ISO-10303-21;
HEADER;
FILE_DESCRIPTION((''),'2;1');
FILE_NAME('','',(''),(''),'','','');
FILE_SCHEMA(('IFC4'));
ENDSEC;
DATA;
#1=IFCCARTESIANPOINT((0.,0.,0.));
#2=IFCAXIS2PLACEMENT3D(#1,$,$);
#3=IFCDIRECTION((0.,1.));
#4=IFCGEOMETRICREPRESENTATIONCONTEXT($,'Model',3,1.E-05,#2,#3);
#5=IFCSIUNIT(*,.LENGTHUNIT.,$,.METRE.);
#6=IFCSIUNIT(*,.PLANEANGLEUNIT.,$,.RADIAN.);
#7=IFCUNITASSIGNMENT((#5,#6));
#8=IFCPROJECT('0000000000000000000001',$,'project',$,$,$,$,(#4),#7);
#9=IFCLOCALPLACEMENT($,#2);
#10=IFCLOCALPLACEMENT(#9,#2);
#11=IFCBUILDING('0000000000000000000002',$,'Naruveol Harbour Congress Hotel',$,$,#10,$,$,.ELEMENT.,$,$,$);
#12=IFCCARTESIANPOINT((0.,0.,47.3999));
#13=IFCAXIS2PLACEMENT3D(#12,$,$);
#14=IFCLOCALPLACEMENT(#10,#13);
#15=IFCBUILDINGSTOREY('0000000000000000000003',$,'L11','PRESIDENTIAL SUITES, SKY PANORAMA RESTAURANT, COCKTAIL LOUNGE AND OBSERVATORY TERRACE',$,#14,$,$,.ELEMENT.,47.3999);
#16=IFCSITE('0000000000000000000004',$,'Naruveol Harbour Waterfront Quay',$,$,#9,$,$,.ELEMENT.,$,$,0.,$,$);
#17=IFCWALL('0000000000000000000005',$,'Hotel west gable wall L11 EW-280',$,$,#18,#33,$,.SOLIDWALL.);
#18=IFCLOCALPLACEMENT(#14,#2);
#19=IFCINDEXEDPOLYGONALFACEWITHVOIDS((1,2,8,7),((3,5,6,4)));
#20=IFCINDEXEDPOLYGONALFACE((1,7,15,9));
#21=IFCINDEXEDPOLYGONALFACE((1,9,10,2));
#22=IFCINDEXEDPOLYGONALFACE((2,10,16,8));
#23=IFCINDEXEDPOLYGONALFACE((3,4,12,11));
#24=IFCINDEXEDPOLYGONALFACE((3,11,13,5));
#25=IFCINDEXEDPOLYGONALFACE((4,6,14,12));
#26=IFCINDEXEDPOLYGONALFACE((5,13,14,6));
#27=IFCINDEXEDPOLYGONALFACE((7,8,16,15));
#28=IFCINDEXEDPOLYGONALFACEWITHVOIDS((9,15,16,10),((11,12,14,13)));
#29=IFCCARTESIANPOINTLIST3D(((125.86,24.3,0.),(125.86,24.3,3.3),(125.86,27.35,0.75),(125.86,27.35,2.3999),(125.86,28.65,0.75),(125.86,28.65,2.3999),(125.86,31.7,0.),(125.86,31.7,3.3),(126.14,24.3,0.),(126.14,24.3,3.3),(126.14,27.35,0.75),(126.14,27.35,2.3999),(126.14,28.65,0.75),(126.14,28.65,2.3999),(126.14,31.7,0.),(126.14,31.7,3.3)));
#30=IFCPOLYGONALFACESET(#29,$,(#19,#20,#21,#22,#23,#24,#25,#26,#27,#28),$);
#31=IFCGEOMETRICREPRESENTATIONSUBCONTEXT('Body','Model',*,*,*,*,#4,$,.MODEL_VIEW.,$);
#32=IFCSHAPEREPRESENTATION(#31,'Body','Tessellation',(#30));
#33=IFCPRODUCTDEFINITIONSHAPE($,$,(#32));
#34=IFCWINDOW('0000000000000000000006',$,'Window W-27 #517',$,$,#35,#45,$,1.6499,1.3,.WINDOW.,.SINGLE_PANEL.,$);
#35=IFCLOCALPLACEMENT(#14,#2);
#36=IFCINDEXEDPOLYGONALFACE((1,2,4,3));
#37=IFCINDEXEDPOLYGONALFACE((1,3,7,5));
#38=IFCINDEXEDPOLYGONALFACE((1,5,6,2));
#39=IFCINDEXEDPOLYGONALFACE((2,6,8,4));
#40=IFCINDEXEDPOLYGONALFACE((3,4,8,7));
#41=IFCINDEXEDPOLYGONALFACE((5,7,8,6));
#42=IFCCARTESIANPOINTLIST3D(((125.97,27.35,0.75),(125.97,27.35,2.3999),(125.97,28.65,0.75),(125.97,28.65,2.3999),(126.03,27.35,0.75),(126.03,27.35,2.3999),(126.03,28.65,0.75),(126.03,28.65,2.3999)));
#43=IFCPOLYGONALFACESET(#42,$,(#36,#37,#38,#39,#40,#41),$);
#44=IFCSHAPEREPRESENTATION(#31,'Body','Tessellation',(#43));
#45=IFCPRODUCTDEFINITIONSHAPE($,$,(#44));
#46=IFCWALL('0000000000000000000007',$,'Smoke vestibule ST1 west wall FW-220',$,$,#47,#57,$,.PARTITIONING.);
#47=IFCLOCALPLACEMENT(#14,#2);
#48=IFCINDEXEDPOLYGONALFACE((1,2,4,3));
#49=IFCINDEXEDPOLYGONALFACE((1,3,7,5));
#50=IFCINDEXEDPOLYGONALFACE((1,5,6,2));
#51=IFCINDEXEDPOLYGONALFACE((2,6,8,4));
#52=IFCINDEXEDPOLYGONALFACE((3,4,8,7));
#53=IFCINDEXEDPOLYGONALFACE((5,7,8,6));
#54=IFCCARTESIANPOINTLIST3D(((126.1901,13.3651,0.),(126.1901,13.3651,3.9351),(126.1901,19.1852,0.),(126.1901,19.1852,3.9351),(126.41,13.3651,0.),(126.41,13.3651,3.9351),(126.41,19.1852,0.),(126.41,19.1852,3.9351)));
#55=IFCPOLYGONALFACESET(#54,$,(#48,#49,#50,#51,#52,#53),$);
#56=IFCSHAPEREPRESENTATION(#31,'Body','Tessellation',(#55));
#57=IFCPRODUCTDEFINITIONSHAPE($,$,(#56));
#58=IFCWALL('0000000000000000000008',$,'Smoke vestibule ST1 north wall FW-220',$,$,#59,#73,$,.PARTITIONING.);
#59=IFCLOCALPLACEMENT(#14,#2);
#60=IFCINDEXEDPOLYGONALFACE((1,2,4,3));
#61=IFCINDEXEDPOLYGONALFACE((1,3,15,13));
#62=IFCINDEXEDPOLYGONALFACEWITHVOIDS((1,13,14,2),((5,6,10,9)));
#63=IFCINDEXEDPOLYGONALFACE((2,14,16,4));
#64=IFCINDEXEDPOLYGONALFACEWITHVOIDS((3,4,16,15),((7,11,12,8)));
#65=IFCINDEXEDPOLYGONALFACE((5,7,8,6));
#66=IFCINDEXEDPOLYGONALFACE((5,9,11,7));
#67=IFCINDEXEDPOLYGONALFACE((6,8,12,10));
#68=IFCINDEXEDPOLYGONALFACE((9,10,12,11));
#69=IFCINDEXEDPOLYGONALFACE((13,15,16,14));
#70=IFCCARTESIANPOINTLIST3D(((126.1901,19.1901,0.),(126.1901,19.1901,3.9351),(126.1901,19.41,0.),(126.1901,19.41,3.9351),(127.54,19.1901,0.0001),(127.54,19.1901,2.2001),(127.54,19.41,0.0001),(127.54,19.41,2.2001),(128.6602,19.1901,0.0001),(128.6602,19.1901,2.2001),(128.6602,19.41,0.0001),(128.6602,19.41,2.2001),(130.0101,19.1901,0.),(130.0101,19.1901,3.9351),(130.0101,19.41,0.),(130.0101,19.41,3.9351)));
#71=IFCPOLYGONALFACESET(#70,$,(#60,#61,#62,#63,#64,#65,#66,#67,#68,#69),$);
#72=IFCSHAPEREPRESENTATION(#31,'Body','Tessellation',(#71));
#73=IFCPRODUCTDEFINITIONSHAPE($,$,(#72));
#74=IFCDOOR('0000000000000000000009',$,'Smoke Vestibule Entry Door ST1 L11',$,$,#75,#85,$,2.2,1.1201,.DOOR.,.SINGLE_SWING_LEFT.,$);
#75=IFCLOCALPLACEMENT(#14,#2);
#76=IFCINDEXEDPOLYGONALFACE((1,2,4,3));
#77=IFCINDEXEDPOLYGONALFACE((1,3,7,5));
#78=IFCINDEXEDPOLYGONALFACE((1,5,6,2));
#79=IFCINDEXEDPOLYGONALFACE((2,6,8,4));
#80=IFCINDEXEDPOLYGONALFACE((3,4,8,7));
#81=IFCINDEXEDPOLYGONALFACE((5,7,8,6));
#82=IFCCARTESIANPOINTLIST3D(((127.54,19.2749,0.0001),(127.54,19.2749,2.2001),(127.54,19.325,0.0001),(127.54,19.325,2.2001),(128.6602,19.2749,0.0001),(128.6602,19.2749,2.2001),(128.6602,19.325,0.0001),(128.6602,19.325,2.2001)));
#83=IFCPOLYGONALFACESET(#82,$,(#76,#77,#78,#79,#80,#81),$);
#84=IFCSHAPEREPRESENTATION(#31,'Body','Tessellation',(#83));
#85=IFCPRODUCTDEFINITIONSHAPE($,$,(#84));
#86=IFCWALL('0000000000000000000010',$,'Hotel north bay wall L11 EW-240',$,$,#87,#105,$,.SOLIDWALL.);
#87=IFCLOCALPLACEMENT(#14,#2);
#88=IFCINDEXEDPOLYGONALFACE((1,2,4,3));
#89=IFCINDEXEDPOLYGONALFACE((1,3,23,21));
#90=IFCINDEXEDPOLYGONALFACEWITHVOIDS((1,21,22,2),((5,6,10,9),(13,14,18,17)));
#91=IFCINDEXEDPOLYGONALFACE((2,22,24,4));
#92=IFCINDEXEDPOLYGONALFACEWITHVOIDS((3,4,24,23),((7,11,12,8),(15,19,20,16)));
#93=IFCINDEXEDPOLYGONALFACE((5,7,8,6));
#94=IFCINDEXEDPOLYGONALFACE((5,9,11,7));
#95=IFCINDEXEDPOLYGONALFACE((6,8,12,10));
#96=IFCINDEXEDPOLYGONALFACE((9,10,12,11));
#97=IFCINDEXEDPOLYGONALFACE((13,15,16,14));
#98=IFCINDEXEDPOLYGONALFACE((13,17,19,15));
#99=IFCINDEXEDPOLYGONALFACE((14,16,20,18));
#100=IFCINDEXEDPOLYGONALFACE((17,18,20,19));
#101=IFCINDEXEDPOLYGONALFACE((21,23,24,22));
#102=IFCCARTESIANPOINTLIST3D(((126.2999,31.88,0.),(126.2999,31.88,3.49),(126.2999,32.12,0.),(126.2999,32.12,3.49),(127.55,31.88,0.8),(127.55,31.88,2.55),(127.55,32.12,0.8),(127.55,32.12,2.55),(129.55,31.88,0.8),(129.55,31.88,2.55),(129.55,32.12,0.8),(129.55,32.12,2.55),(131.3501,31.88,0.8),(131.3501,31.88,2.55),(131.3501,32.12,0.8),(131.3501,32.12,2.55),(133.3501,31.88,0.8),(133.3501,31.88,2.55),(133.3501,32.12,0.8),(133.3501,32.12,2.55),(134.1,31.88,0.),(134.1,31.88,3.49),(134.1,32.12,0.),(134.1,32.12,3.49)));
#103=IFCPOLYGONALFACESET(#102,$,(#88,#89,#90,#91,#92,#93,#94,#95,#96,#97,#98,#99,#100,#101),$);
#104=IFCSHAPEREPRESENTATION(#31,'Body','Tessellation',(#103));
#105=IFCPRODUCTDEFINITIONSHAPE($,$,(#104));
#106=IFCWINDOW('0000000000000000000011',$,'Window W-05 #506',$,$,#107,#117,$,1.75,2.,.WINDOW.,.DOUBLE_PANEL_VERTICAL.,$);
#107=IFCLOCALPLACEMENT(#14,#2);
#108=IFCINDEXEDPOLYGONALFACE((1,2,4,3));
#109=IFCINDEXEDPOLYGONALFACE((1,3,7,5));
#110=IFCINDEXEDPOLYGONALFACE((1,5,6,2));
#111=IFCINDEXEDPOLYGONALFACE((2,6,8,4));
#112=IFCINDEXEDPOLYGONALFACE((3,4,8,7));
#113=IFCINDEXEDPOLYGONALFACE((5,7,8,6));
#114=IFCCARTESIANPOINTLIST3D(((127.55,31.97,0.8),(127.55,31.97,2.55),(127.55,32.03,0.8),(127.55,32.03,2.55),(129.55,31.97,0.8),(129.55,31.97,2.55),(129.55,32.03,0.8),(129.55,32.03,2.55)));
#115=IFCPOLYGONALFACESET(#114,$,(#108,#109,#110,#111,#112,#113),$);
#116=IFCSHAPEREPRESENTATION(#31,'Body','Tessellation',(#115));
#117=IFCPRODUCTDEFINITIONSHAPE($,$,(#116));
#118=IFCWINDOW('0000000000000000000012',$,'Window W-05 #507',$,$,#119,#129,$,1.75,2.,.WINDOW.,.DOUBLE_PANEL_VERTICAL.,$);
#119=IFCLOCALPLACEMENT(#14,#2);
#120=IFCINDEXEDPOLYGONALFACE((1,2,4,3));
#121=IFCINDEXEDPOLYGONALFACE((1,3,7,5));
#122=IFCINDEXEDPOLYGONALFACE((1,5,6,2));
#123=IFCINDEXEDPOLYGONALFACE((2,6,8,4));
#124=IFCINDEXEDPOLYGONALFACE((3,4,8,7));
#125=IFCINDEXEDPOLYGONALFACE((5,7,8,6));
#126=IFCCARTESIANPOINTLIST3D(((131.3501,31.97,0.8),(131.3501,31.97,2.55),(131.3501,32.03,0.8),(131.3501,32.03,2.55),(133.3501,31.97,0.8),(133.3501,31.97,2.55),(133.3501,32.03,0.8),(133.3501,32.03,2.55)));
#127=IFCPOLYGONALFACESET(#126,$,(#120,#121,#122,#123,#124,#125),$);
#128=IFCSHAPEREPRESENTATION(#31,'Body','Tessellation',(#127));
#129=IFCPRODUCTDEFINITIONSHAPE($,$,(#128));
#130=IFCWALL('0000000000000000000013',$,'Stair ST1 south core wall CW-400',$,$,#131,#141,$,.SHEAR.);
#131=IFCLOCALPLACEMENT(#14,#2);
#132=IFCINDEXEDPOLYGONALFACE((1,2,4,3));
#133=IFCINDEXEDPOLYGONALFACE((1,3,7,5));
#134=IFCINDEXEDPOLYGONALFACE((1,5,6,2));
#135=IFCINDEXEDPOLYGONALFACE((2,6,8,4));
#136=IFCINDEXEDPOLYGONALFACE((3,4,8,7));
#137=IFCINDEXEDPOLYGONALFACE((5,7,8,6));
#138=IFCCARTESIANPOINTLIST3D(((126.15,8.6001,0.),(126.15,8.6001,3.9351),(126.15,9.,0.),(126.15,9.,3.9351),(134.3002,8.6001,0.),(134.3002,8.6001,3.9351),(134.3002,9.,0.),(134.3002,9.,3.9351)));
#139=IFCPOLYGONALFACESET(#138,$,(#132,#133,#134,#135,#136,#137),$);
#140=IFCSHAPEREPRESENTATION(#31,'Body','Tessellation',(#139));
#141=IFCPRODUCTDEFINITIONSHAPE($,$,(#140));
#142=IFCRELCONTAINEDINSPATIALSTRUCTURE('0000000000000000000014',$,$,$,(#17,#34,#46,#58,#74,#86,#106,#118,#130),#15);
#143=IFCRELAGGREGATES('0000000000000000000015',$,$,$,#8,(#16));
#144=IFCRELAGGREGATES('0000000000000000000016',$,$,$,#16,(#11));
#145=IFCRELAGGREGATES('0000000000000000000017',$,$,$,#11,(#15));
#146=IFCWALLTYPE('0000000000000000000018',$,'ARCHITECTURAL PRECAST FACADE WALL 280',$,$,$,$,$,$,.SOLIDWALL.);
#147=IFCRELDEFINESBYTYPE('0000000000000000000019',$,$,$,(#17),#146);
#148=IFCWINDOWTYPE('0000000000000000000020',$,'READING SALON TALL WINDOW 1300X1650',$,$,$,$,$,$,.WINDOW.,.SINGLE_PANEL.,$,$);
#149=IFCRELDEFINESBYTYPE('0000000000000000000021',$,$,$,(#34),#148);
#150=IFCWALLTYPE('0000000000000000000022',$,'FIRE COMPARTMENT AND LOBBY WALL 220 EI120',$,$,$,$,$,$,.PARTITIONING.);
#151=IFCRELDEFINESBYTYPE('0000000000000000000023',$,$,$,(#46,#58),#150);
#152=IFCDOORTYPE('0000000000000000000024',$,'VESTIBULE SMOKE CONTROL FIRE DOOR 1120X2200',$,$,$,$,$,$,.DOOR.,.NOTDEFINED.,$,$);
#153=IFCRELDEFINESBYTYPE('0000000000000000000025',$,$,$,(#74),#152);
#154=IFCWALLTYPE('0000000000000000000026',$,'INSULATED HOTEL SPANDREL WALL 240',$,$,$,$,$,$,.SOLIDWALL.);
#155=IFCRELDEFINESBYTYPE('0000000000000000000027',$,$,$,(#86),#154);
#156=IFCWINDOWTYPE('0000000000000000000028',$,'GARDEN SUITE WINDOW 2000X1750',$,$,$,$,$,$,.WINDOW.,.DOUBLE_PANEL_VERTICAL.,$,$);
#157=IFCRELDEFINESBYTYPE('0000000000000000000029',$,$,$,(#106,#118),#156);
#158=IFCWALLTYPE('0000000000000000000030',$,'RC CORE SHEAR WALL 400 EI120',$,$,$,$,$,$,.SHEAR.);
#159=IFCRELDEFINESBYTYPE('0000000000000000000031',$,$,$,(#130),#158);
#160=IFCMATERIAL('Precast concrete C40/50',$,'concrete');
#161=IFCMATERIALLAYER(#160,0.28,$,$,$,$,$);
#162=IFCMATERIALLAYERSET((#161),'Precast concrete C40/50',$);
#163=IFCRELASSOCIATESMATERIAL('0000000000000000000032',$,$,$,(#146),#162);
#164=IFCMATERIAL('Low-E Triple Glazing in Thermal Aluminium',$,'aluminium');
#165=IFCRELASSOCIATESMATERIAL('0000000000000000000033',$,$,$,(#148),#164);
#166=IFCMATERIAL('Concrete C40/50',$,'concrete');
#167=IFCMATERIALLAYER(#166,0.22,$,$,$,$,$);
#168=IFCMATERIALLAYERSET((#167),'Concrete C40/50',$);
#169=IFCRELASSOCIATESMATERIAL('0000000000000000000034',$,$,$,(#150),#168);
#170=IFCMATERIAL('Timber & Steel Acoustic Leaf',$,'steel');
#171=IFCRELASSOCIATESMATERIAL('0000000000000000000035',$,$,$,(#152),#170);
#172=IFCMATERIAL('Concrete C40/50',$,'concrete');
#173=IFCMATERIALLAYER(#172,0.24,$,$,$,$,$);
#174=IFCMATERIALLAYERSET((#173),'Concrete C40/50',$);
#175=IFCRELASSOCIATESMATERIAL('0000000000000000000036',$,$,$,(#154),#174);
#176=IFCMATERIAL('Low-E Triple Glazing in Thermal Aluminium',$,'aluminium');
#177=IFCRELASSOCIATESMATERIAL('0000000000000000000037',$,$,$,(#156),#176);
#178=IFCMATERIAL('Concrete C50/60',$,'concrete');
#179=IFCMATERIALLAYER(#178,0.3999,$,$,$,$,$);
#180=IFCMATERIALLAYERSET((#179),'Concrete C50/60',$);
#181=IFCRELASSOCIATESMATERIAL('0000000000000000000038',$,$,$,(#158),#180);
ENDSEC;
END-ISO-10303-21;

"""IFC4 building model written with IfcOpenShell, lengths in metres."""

from ifc_helpers import new_model, si_unit, direction, frame, frame_2d, origin, place, context, subcontext, project, spatial, rectangle, extrude, material, layer, layer_set, type_object, element, fill, save


model = new_model("IFC4")

# Units and contexts
model_context = context("Model", 3, precision=1e-05, world=origin(), true_north=direction((0.0, 1.0)))
body_context = subcontext(model_context, "Body", "Model", "MODEL_VIEW")
ifc_project = project(units=[si_unit("LENGTHUNIT", "METRE"), si_unit("PLANEANGLEUNIT", "RADIAN")], contexts=[model_context])

# Site, building, storey
site_placement = place(None, origin())
site = spatial("IfcSite", under=ifc_project, at=site_placement, Name="Naruveol Harbour Waterfront Quay", CompositionType="ELEMENT", RefElevation=0.0)
building_placement = place(site_placement, origin())
building = spatial("IfcBuilding", under=site, at=building_placement, Name="Naruveol Harbour Congress Hotel", CompositionType="ELEMENT")
storey_placement = place(building_placement, frame((0.0, 0.0, 47.3999)))
storey = spatial("IfcBuildingStorey", under=building, at=storey_placement, Name="L11", Description="PRESIDENTIAL SUITES, SKY PANORAMA RESTAURANT, COCKTAIL LOUNGE AND OBSERVATORY TERRACE", CompositionType="ELEMENT", Elevation=47.3999)

# Wall, opening, window
ifc_material_1 = material(Name="Precast concrete C40/50", Category="concrete")
ifc_layer_1 = layer(ifc_material_1, 0.28)
ifc_layer_set_1 = layer_set([ifc_layer_1], Name="Precast concrete C40/50")
wall_type_1 = type_object("IfcWallType", Name="ARCHITECTURAL PRECAST FACADE WALL 280", PredefinedType="SOLIDWALL", material=ifc_layer_set_1)
ifc_material_2 = material(Name="Low-E Triple Glazing in Thermal Aluminium", Category="aluminium")
window_type_1 = type_object("IfcWindowType", Name="READING SALON TALL WINDOW 1300X1650", PartitioningType="SINGLE_PANEL", PredefinedType="WINDOW", material=ifc_material_2)
wall_1_placement = place(storey_placement, frame((126.0, 24.3, 0.0), z_axis=(0.0, 0.0, 1.0), x_axis=(0.0, 1.0, 0.0)))
wall_1 = element("IfcWall", 1, at=wall_1_placement, inside=storey, type_object=wall_type_1, Name="Hotel west gable wall L11 EW-280", PredefinedType="SOLIDWALL", context=body_context, shape_type="SweptSolid", body=[
    extrude(rectangle(XDim=7.3999, YDim=0.28, at=frame_2d((3.7, 0.0))), origin(), (0.0, 0.0, 1.0), 3.3),
])
opening_1_placement = place(wall_1_placement, frame((3.05, 0.0, 0.75)))
opening_1 = element("IfcOpeningElement", 2, at=opening_1_placement, cuts=wall_1, PredefinedType="OPENING", context=body_context, shape_type="SweptSolid", body=[
    extrude(rectangle(XDim=1.3, YDim=1.6499, at=frame_2d((0.6499, 0.825))), frame((0.0, 0.1499, 0.0), z_axis=(0.0, -1.0, 0.0), x_axis=(1.0, 0.0, 0.0)), (0.0, 0.0, 1.0), 0.3),
])
window_1_placement = place(opening_1_placement, origin())
window_1 = element("IfcWindow", 3, at=window_1_placement, inside=storey, type_object=window_type_1, Name="Window W-27 #517", OverallHeight=1.6499, OverallWidth=1.3, PartitioningType="SINGLE_PANEL", PredefinedType="WINDOW", context=body_context, shape_type="SweptSolid", body=[
    extrude(rectangle(XDim=1.3, YDim=1.6499, at=frame_2d((0.6499, 0.825))), frame((0.0, 0.03, 0.0), z_axis=(0.0, -1.0, 0.0), x_axis=(1.0, 0.0, 0.0)), (0.0, 0.0, 1.0), 0.0601),
])
fill(opening_1, window_1)

# Wall
ifc_material_3 = material(Name="Concrete C40/50", Category="concrete")
ifc_layer_2 = layer(ifc_material_3, 0.22)
ifc_layer_set_2 = layer_set([ifc_layer_2], Name="Concrete C40/50")
wall_type_2 = type_object("IfcWallType", Name="FIRE COMPARTMENT AND LOBBY WALL 220 EI120", PredefinedType="PARTITIONING", material=ifc_layer_set_2)
wall_2_placement = place(storey_placement, frame((126.3, 13.365, 0.0), z_axis=(0.0, 0.0, 1.0), x_axis=(0.0, 1.0, 0.0)))
element("IfcWall", 4, at=wall_2_placement, inside=storey, type_object=wall_type_2, Name="Smoke vestibule ST1 west wall FW-220", PredefinedType="PARTITIONING", context=body_context, shape_type="SweptSolid", body=[
    extrude(rectangle(XDim=5.8201, YDim=0.22, at=frame_2d((2.9102, 0.0))), origin(), (0.0, 0.0, 1.0), 3.9351),
])

# Wall, opening, door
wall_3_placement = place(storey_placement, frame((126.1899, 19.3, 0.0), z_axis=(0.0, 0.0, 1.0), x_axis=(1.0, 0.0, 0.0)))
wall_3 = element("IfcWall", 5, at=wall_3_placement, inside=storey, type_object=wall_type_2, Name="Smoke vestibule ST1 north wall FW-220", PredefinedType="PARTITIONING", context=body_context, shape_type="SweptSolid", body=[
    extrude(rectangle(XDim=3.8201, YDim=0.22, at=frame_2d((1.9102, 0.0))), origin(), (0.0, 0.0, 1.0), 3.9351),
])
opening_2_placement = place(wall_3_placement, frame((1.3501, 0.0, 0.0)))
opening_2 = element("IfcOpeningElement", 6, at=opening_2_placement, cuts=wall_3, PredefinedType="OPENING", context=body_context, shape_type="SweptSolid", body=[
    extrude(rectangle(XDim=1.1201, YDim=2.2, at=frame_2d((0.5601, 1.1001))), frame((0.0, 0.1199, 0.0), z_axis=(0.0, -1.0, 0.0), x_axis=(1.0, 0.0, 0.0)), (0.0, 0.0, 1.0), 0.24),
])
ifc_material_4 = material(Name="Timber & Steel Acoustic Leaf", Category="steel")
door_type_1 = type_object("IfcDoorType", Name="VESTIBULE SMOKE CONTROL FIRE DOOR 1120X2200", OperationType="NOTDEFINED", PredefinedType="DOOR", material=ifc_material_4)
door_1_placement = place(opening_2_placement, origin())
door_1 = element("IfcDoor", 7, at=door_1_placement, inside=storey, type_object=door_type_1, Name="Smoke Vestibule Entry Door ST1 L11", OperationType="SINGLE_SWING_LEFT", OverallHeight=2.2, OverallWidth=1.1201, PredefinedType="DOOR", context=body_context, shape_type="SweptSolid", body=[
    extrude(rectangle(XDim=1.1201, YDim=2.2, at=frame_2d((0.5601, 1.1001))), frame((0.0, 0.0249, 0.0), z_axis=(0.0, -1.0, 0.0), x_axis=(1.0, 0.0, 0.0)), (0.0, 0.0, 1.0), 0.05),
])
fill(opening_2, door_1)

# Wall, openings, windows
ifc_material_5 = material(Name="Concrete C40/50", Category="concrete")
ifc_layer_3 = layer(ifc_material_5, 0.24)
ifc_layer_set_3 = layer_set([ifc_layer_3], Name="Concrete C40/50")
wall_type_3 = type_object("IfcWallType", Name="INSULATED HOTEL SPANDREL WALL 240", PredefinedType="SOLIDWALL", material=ifc_layer_set_3)
wall_4_placement = place(storey_placement, frame((126.3, 32.0, 0.0), z_axis=(0.0, 0.0, 1.0), x_axis=(1.0, 0.0, 0.0)))
wall_4 = element("IfcWall", 8, at=wall_4_placement, inside=storey, type_object=wall_type_3, Name="Hotel north bay wall L11 EW-240", PredefinedType="SOLIDWALL", context=body_context, shape_type="SweptSolid", body=[
    extrude(rectangle(XDim=7.8, YDim=0.24, at=frame_2d((3.8999, 0.0))), origin(), (0.0, 0.0, 1.0), 3.49),
])
opening_3_placement = place(wall_4_placement, frame((1.25, 0.0, 0.8)))
opening_3 = element("IfcOpeningElement", 9, at=opening_3_placement, cuts=wall_4, PredefinedType="OPENING", context=body_context, shape_type="SweptSolid", body=[
    extrude(rectangle(XDim=2.0, YDim=1.75, at=frame_2d((1.0, 0.875))), frame((0.0, 0.1299, 0.0), z_axis=(0.0, -1.0, 0.0), x_axis=(1.0, 0.0, 0.0)), (0.0, 0.0, 1.0), 0.26),
])
opening_4_placement = place(wall_4_placement, frame((5.05, 0.0, 0.8)))
opening_4 = element("IfcOpeningElement", 10, at=opening_4_placement, cuts=wall_4, PredefinedType="OPENING", context=body_context, shape_type="SweptSolid", body=[
    extrude(rectangle(XDim=2.0, YDim=1.75, at=frame_2d((1.0, 0.875))), frame((0.0, 0.1299, 0.0), z_axis=(0.0, -1.0, 0.0), x_axis=(1.0, 0.0, 0.0)), (0.0, 0.0, 1.0), 0.26),
])
ifc_material_6 = material(Name="Low-E Triple Glazing in Thermal Aluminium", Category="aluminium")
window_type_2 = type_object("IfcWindowType", Name="GARDEN SUITE WINDOW 2000X1750", PartitioningType="DOUBLE_PANEL_VERTICAL", PredefinedType="WINDOW", material=ifc_material_6)
window_2_placement = place(opening_3_placement, origin())
window_2 = element("IfcWindow", 11, at=window_2_placement, inside=storey, type_object=window_type_2, Name="Window W-05 #506", OverallHeight=1.75, OverallWidth=2.0, PartitioningType="DOUBLE_PANEL_VERTICAL", PredefinedType="WINDOW", context=body_context, shape_type="SweptSolid", body=[
    extrude(rectangle(XDim=2.0, YDim=1.75, at=frame_2d((1.0, 0.875))), frame((0.0, 0.03, 0.0), z_axis=(0.0, -1.0, 0.0), x_axis=(1.0, 0.0, 0.0)), (0.0, 0.0, 1.0), 0.0601),
])
fill(opening_3, window_2)
window_3_placement = place(opening_4_placement, origin())
window_3 = element("IfcWindow", 12, at=window_3_placement, inside=storey, type_object=window_type_2, Name="Window W-05 #507", OverallHeight=1.75, OverallWidth=2.0, PartitioningType="DOUBLE_PANEL_VERTICAL", PredefinedType="WINDOW", context=body_context, shape_type="SweptSolid", body=[
    extrude(rectangle(XDim=2.0, YDim=1.75, at=frame_2d((1.0, 0.875))), frame((0.0, 0.03, 0.0), z_axis=(0.0, -1.0, 0.0), x_axis=(1.0, 0.0, 0.0)), (0.0, 0.0, 1.0), 0.0601),
])
fill(opening_4, window_3)

# Wall
ifc_material_7 = material(Name="Concrete C50/60", Category="concrete")
ifc_layer_4 = layer(ifc_material_7, 0.3999)
ifc_layer_set_4 = layer_set([ifc_layer_4], Name="Concrete C50/60")
wall_type_4 = type_object("IfcWallType", Name="RC CORE SHEAR WALL 400 EI120", PredefinedType="SHEAR", material=ifc_layer_set_4)
wall_5_placement = place(storey_placement, frame((126.1499, 8.8, 0.0), z_axis=(0.0, 0.0, 1.0), x_axis=(1.0, 0.0, 0.0)))
element("IfcWall", 13, at=wall_5_placement, inside=storey, type_object=wall_type_4, Name="Stair ST1 south core wall CW-400", PredefinedType="SHEAR", context=body_context, shape_type="SweptSolid", body=[
    extrude(rectangle(XDim=8.1501, YDim=0.3999, at=frame_2d((4.0752, 0.0))), origin(), (0.0, 0.0, 1.0), 3.9351),
])

save(model, "model.ifc")
